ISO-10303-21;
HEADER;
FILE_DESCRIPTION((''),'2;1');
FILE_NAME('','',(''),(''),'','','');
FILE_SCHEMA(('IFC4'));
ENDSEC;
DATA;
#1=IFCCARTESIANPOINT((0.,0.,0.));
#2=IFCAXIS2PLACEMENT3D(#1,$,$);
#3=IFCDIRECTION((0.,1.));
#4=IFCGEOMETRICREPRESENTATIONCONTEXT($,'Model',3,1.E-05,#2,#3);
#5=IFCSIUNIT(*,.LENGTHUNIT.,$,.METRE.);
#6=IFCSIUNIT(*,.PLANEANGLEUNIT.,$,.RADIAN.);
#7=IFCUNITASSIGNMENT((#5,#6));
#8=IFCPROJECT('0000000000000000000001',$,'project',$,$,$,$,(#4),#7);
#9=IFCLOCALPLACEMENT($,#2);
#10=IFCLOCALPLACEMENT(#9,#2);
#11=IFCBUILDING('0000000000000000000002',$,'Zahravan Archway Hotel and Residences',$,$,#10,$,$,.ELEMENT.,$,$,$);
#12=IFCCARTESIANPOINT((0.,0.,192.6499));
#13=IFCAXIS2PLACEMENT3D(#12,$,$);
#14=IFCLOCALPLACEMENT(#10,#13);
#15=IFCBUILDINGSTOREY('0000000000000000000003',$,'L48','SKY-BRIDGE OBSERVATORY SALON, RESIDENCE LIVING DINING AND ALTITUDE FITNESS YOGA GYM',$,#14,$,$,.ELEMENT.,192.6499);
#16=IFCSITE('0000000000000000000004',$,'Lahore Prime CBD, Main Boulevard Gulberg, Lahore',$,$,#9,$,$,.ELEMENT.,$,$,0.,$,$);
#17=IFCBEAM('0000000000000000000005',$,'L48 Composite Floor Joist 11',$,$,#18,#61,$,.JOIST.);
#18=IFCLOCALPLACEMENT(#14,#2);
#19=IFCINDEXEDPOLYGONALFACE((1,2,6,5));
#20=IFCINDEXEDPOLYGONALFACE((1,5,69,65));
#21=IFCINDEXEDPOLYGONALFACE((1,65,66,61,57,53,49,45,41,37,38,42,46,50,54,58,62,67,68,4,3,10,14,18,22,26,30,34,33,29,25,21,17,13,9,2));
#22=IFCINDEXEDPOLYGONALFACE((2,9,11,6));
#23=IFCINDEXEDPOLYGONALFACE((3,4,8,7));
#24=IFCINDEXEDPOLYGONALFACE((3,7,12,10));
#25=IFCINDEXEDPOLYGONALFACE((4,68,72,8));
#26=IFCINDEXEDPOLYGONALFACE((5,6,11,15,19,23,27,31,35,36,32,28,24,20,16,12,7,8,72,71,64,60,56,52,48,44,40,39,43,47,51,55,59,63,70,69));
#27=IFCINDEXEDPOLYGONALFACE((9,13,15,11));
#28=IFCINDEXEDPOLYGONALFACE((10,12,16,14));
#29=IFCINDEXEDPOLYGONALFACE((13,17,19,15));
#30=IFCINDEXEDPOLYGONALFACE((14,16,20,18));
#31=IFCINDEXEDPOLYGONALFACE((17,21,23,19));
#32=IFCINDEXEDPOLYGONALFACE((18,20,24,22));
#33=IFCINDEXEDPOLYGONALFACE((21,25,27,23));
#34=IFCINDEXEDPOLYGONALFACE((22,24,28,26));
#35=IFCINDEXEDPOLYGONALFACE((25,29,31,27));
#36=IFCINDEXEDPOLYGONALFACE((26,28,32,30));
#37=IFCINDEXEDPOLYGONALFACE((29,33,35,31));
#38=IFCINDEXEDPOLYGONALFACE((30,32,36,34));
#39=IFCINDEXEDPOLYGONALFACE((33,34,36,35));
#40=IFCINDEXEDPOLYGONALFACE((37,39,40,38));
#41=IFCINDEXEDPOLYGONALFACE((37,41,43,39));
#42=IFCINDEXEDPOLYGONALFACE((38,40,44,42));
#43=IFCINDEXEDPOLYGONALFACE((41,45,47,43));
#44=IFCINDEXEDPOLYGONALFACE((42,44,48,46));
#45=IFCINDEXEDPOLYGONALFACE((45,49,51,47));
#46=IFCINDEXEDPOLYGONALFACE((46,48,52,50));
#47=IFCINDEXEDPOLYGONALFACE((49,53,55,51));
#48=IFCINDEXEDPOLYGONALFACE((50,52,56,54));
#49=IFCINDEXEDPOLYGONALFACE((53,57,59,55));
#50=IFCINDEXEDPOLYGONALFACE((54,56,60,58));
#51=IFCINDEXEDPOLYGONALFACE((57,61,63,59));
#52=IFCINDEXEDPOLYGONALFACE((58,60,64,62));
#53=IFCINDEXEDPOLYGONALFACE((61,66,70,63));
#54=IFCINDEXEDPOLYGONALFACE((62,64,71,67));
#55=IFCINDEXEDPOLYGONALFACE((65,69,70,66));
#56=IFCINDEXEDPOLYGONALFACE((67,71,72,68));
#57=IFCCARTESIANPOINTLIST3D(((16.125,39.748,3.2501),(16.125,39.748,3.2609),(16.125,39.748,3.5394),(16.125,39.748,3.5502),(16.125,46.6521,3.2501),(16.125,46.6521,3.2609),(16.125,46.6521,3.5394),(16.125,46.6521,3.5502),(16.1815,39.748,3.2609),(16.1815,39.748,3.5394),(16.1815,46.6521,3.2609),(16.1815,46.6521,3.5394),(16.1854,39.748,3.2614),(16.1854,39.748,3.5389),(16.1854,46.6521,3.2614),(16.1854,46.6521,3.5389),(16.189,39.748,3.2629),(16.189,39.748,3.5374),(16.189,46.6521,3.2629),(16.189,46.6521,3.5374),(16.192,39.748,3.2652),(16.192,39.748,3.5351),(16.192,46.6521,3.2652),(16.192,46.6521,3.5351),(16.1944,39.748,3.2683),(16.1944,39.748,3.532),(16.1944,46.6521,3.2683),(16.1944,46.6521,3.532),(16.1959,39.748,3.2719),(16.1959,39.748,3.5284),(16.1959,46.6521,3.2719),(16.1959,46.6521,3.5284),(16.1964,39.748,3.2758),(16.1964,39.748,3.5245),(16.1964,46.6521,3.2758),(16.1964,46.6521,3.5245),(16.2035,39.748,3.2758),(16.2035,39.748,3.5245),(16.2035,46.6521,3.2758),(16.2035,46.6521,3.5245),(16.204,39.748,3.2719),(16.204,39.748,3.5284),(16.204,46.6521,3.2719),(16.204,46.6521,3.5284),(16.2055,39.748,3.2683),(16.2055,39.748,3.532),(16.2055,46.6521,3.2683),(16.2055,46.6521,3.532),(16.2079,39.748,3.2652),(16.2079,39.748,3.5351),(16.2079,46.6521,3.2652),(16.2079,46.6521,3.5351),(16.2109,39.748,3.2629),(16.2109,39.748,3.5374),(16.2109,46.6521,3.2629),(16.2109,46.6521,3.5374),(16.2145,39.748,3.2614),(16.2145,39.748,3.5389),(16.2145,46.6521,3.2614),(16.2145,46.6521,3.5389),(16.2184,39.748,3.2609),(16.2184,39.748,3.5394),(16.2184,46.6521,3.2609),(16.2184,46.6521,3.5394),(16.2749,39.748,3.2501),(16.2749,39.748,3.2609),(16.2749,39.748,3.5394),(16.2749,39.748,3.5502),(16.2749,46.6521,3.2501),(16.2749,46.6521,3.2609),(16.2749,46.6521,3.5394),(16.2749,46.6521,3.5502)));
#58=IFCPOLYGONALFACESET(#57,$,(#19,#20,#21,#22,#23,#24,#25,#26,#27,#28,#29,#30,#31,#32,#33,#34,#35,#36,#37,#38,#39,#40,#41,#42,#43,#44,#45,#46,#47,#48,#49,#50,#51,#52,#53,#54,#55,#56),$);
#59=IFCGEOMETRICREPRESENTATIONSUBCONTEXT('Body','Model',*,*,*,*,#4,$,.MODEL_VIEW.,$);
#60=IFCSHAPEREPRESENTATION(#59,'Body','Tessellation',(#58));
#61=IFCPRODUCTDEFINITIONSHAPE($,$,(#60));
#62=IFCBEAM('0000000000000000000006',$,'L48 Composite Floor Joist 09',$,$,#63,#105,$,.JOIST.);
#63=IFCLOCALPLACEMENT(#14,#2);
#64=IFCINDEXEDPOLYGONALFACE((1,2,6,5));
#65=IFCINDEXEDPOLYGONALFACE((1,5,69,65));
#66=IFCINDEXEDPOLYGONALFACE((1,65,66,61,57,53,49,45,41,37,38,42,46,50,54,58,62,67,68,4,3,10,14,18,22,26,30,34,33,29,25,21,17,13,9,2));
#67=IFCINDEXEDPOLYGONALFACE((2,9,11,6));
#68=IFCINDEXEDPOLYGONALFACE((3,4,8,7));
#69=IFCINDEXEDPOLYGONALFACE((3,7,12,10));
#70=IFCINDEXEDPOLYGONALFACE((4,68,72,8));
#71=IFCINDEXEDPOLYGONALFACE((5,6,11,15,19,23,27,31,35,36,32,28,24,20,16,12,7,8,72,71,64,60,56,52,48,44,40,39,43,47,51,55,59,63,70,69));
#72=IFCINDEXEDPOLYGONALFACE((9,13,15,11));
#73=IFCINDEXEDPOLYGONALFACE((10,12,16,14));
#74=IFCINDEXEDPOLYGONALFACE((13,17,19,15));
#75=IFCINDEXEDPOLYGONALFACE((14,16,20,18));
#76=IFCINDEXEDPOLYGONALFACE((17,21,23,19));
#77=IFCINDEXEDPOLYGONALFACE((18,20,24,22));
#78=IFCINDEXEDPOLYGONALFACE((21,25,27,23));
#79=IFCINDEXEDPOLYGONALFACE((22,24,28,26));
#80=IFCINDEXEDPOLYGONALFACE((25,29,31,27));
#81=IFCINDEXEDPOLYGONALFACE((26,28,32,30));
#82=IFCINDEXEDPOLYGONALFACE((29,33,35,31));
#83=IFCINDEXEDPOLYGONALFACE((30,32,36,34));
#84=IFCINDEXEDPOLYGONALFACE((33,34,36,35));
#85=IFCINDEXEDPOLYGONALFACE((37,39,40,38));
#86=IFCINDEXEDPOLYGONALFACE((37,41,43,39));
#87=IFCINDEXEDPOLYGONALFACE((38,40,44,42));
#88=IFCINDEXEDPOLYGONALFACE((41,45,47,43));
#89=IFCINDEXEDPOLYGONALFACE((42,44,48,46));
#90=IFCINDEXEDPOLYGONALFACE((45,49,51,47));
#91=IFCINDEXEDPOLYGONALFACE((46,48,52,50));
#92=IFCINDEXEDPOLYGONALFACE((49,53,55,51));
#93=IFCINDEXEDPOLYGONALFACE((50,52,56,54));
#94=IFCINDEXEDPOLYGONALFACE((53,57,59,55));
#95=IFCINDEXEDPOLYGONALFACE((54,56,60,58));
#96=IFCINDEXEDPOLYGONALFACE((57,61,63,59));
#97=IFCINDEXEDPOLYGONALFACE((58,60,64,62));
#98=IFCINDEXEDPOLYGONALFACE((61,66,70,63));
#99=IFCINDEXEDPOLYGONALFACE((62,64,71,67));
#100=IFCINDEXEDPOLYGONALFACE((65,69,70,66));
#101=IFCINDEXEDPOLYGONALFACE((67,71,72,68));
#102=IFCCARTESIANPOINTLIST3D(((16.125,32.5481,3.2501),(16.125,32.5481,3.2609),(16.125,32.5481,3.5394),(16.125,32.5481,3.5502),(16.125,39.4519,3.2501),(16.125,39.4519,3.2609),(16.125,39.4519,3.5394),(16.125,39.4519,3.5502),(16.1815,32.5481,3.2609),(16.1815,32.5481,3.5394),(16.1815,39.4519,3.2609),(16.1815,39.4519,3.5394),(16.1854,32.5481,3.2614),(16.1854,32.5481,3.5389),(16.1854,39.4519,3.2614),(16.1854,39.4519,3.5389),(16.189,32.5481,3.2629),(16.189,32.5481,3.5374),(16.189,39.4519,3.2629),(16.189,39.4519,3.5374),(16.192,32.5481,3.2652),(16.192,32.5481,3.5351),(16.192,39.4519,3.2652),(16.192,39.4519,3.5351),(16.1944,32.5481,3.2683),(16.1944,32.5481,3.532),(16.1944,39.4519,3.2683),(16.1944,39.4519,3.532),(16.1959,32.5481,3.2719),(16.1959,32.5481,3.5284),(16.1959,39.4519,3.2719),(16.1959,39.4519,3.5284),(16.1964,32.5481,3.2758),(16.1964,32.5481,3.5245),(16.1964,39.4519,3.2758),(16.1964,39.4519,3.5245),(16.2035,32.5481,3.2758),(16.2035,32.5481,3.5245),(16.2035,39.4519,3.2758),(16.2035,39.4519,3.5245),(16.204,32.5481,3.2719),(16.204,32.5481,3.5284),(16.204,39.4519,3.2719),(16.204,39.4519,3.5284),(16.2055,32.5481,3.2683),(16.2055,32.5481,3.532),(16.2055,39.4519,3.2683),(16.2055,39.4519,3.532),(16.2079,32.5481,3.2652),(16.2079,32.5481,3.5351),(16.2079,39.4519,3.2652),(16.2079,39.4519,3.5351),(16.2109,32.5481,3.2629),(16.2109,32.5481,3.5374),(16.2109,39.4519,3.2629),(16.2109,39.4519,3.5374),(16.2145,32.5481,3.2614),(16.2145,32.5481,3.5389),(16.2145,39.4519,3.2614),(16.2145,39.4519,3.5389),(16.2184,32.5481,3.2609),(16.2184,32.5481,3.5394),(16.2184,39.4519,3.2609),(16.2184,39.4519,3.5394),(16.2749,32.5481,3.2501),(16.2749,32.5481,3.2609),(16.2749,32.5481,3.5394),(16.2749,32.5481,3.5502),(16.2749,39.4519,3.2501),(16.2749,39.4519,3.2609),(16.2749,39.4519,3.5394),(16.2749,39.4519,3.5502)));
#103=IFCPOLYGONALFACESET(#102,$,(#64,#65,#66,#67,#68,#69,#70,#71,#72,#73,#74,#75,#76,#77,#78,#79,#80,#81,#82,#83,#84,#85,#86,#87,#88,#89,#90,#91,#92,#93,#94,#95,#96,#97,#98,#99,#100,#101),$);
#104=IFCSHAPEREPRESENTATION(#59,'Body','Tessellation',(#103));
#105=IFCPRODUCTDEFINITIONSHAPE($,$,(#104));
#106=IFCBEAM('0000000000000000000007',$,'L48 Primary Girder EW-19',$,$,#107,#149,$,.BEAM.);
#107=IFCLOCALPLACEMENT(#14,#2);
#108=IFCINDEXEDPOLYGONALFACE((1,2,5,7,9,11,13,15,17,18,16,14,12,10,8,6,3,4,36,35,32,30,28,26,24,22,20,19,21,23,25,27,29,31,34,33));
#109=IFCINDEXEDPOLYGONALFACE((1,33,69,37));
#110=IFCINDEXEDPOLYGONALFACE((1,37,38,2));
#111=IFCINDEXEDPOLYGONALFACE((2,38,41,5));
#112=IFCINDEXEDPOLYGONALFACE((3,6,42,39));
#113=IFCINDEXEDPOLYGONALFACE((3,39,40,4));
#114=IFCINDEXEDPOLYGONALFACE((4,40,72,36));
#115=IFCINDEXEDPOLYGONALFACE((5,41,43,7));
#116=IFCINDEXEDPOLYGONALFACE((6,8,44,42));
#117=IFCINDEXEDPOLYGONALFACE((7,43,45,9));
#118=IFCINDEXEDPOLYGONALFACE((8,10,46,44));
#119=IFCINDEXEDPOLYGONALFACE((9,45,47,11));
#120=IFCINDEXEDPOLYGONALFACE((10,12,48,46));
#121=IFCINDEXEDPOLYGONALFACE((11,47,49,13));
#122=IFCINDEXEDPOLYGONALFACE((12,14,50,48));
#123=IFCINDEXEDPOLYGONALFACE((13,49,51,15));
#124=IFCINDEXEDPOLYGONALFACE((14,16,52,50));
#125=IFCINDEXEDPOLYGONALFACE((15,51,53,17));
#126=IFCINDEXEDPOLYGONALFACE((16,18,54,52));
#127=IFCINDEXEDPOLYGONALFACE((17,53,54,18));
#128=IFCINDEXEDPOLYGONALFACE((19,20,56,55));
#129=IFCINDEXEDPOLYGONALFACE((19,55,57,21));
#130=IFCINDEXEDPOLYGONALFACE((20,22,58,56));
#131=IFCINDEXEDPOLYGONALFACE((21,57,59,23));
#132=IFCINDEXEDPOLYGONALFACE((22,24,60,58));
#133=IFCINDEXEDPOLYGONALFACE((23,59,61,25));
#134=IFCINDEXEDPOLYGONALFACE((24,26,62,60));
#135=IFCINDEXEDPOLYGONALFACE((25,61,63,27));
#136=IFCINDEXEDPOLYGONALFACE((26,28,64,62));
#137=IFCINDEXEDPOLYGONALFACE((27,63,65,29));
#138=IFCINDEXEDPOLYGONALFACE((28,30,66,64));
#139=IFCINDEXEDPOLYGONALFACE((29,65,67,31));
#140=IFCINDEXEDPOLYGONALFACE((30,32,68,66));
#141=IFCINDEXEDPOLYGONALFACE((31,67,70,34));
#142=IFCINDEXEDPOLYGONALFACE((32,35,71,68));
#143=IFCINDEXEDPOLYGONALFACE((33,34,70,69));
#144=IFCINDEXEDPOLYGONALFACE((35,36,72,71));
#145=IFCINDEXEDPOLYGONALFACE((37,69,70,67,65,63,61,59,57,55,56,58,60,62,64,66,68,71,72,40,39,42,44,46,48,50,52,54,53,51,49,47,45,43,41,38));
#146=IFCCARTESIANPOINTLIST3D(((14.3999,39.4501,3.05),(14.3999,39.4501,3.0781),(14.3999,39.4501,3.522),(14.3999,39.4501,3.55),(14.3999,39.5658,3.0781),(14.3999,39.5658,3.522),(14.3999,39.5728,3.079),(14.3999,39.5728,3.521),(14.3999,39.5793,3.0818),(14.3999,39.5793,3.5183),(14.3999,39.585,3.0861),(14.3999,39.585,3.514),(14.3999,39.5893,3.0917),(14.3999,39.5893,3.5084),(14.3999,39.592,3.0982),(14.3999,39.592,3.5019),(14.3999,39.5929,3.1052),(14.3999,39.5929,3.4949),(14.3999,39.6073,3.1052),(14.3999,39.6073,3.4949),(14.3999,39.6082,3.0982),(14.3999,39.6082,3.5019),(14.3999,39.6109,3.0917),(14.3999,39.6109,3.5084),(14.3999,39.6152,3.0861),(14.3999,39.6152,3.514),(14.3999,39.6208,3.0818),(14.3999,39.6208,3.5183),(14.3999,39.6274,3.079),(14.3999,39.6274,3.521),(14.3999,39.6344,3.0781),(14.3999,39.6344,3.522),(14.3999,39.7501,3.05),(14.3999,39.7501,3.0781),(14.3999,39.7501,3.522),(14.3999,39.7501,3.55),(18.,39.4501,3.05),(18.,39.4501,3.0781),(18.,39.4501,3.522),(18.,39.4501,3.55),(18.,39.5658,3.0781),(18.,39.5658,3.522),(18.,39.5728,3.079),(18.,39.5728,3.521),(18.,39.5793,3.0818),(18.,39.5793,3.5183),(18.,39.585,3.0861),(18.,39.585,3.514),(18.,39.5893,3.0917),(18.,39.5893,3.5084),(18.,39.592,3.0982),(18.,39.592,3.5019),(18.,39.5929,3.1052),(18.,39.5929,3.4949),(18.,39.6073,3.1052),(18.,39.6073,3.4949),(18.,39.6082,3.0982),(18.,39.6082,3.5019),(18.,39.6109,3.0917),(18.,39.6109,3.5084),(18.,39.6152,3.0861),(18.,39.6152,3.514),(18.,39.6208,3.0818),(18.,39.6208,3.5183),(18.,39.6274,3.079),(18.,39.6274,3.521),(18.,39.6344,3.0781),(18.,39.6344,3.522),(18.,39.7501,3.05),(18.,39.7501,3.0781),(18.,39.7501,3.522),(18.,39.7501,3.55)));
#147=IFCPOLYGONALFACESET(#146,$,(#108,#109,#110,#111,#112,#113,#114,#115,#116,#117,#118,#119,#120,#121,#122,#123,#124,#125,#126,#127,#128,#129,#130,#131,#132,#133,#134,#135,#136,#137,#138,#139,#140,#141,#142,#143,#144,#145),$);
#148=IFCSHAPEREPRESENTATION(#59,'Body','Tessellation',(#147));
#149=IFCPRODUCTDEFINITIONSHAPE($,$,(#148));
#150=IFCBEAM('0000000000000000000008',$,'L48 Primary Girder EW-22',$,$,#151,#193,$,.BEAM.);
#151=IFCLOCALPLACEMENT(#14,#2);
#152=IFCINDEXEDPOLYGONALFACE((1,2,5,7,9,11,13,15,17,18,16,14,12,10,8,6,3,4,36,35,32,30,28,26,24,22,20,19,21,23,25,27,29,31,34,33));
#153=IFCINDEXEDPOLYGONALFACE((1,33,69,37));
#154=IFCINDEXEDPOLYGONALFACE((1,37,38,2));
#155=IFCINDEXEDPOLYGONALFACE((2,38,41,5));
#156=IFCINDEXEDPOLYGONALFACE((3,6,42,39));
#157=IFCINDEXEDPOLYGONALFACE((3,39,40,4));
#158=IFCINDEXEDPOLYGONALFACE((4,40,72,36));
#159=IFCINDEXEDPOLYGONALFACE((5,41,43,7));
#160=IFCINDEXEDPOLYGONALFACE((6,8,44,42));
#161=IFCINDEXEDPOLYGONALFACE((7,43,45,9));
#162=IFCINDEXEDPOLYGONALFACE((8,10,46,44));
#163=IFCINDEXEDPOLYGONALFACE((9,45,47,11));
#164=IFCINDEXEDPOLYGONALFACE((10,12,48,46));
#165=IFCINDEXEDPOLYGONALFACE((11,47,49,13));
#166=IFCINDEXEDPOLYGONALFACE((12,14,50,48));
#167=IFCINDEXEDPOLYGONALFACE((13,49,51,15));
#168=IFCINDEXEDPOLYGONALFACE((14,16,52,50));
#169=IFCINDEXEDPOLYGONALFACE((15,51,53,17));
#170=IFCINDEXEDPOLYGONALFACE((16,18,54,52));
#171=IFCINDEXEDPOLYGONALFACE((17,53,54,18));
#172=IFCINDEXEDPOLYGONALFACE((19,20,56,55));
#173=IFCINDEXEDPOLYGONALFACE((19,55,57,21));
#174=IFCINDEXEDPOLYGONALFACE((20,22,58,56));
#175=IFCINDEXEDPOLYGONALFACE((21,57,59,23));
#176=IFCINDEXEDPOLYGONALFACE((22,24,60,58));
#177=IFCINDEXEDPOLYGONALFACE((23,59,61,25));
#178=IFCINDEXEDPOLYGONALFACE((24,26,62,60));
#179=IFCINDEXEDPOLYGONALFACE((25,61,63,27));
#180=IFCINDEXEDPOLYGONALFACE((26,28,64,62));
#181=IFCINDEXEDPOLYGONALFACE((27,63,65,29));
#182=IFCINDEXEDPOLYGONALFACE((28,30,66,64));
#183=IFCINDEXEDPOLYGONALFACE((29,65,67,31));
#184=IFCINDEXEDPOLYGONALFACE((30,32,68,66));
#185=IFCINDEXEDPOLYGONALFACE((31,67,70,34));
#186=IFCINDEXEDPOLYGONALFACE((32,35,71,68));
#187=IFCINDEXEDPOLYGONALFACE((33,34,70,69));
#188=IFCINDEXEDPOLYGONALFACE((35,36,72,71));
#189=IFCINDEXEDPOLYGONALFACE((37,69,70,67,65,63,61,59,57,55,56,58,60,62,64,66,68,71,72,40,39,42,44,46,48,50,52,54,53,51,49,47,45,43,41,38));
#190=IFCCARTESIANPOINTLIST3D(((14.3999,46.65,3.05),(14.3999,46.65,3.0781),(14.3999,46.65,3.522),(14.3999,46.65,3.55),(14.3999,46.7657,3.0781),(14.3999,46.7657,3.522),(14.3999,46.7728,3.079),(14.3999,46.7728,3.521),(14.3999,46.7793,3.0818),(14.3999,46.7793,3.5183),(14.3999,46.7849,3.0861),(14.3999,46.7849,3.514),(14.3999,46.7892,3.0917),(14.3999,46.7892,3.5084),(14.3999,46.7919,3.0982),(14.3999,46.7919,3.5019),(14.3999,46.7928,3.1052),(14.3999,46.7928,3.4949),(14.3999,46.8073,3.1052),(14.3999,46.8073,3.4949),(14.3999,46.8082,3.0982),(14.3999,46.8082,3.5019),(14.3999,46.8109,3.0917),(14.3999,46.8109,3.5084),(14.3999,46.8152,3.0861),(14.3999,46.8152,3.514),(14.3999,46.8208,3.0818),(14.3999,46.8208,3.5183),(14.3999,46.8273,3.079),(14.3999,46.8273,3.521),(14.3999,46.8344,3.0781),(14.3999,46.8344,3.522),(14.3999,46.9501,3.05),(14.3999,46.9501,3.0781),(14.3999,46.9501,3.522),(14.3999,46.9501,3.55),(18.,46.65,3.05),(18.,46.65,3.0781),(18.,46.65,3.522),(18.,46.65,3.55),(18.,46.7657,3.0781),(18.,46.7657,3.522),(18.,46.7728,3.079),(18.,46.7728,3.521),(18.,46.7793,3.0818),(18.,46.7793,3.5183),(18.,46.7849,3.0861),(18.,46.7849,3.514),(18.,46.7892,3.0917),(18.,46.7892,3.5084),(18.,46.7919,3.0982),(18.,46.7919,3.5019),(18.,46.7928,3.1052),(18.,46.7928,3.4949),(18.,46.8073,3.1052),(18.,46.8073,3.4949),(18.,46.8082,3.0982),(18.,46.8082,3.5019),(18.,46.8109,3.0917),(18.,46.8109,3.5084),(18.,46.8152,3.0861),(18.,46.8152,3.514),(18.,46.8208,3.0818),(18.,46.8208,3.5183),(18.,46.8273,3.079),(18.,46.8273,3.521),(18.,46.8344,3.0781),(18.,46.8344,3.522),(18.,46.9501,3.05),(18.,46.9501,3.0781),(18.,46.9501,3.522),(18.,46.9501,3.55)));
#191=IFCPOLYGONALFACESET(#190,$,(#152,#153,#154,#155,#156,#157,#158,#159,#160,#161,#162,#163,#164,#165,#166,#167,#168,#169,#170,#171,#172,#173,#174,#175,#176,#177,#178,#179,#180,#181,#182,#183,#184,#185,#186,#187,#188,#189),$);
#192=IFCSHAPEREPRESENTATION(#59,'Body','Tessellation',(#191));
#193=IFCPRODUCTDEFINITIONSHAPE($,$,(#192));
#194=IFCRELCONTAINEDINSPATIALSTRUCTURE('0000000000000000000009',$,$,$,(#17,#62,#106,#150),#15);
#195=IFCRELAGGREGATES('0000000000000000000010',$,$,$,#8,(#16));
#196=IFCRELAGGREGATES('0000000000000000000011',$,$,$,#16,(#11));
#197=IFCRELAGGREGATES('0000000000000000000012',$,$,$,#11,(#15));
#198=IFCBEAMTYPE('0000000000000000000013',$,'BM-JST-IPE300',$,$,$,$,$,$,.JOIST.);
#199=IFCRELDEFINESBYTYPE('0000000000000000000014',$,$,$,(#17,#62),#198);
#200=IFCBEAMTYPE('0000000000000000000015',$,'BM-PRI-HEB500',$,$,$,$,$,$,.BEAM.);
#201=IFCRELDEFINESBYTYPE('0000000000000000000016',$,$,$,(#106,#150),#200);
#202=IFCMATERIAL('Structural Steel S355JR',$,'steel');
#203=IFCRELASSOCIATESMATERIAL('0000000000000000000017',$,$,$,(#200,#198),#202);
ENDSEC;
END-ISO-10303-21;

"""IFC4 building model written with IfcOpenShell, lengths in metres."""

from ifc_helpers import new_model, si_unit, direction, frame, origin, origin_2d, place, context, subcontext, project, spatial, i_section, extrude, source, transform, mapped, material, material_profile, profile_set, type_object, type_shapes, element, save


model = new_model("IFC4")

# Units and contexts
model_context = context("Model", 3, precision=1e-05, world=origin(), true_north=direction((0.0, 1.0)))
body_context = subcontext(model_context, "Body", "Model", "MODEL_VIEW")
ifc_project = project(units=[si_unit("LENGTHUNIT", "METRE"), si_unit("PLANEANGLEUNIT", "RADIAN")], contexts=[model_context])

# Site, building, storey
site_placement = place(None, origin())
site = spatial("IfcSite", under=ifc_project, at=site_placement, Name="Lahore Prime CBD, Main Boulevard Gulberg, Lahore", CompositionType="ELEMENT", RefElevation=0.0)
building_placement = place(site_placement, origin())
building = spatial("IfcBuilding", under=site, at=building_placement, Name="Zahravan Archway Hotel and Residences", CompositionType="ELEMENT")
storey_placement = place(building_placement, frame((0.0, 0.0, 192.6499)))
storey = spatial("IfcBuildingStorey", under=building, at=storey_placement, Name="L48", Description="SKY-BRIDGE OBSERVATORY SALON, RESIDENCE LIVING DINING AND ALTITUDE FITNESS YOGA GYM", CompositionType="ELEMENT", Elevation=192.6499)

# Beams
ifc_material_1 = material(Name="Structural Steel S355JR", Category="steel")
ifc_material_profile_1 = material_profile(ifc_material_1, i_section(OverallWidth=0.3, OverallDepth=0.5, WebThickness=0.0144, FlangeThickness=0.0281, FilletRadius=0.0271, at=origin_2d()), Name="HEB 500", Category="steel")
ifc_profile_set_1 = profile_set([ifc_material_profile_1], Name="Structural Steel S355JR")
beam_type_1 = type_object("IfcBeamType", Name="BM-PRI-HEB500", PredefinedType="BEAM", material=ifc_profile_set_1)
ifc_material_profile_2 = material_profile(ifc_material_1, i_section(OverallWidth=0.1499, OverallDepth=0.3, WebThickness=0.0071, FlangeThickness=0.0107, FilletRadius=0.0149, at=origin_2d()), Name="IPE 300", Category="steel")
ifc_profile_set_2 = profile_set([ifc_material_profile_2], Name="Structural Steel S355JR")
beam_type_2 = type_object("IfcBeamType", Name="BM-JST-IPE300", PredefinedType="JOIST", material=ifc_profile_set_2)
shared_shape_1 = source(origin(), body_context, "Body", "SweptSolid", [
    extrude(i_section(OverallWidth=0.1499, OverallDepth=0.3, WebThickness=0.0071, FlangeThickness=0.0107, FilletRadius=0.0149, at=origin_2d()), origin(), (0.0, 0.0, 1.0), 6.9041),
])
type_shapes(beam_type_2, [shared_shape_1])
for number, where, z_axis, x_axis, name in (
    (1, (16.2, 39.748, 3.4001), (0.0, 1.0, 0.0), (-1.0, 0.0, 0.0), "L48 Composite Floor Joist 11"),
):
    element("IfcBeam", number, at=place(storey_placement, frame(where, z_axis=z_axis, x_axis=x_axis)), inside=storey, type_object=beam_type_2, Name=name, PredefinedType="JOIST", context=body_context, shape_type="MappedRepresentation", body=[
        mapped(shared_shape_1, transform((0.0, 0.0, 0.0), scale=1.0)),
    ])
shared_shape_2 = source(origin(), body_context, "Body", "SweptSolid", [
    extrude(i_section(OverallWidth=0.1499, OverallDepth=0.3, WebThickness=0.0071, FlangeThickness=0.0107, FilletRadius=0.0149, at=origin_2d()), origin(), (0.0, 0.0, 1.0), 6.9038),
])
beam_1_placement = place(storey_placement, frame((16.2, 32.5481, 3.4001), z_axis=(0.0, 1.0, 0.0), x_axis=(-1.0, 0.0, 0.0)))
element("IfcBeam", 2, at=beam_1_placement, inside=storey, type_object=beam_type_2, Name="L48 Composite Floor Joist 09", PredefinedType="JOIST", context=body_context, shape_type="MappedRepresentation", body=[
    mapped(shared_shape_2, transform((0.0, 0.0, 0.0), scale=1.0)),
])
shared_shape_3 = source(origin(), body_context, "Body", "SweptSolid", [
    extrude(i_section(OverallWidth=0.3, OverallDepth=0.5, WebThickness=0.0144, FlangeThickness=0.0281, FilletRadius=0.0271, at=origin_2d()), origin(), (0.0, 0.0, 1.0), 3.6001),
])
for number, where, z_axis, x_axis, name in (
    (3, (14.3999, 39.6001, 3.3), (1.0, 0.0, 0.0), (0.0, 1.0, 0.0), "L48 Primary Girder EW-19"),
    (4, (14.3999, 46.8, 3.3), (1.0, 0.0, 0.0), (0.0, 1.0, 0.0), "L48 Primary Girder EW-22"),
):
    element("IfcBeam", number, at=place(storey_placement, frame(where, z_axis=z_axis, x_axis=x_axis)), inside=storey, type_object=beam_type_1, Name=name, PredefinedType="BEAM", context=body_context, shape_type="MappedRepresentation", body=[
        mapped(shared_shape_3, transform((0.0, 0.0, 0.0), scale=1.0)),
    ])

save(model, "model.ifc")
